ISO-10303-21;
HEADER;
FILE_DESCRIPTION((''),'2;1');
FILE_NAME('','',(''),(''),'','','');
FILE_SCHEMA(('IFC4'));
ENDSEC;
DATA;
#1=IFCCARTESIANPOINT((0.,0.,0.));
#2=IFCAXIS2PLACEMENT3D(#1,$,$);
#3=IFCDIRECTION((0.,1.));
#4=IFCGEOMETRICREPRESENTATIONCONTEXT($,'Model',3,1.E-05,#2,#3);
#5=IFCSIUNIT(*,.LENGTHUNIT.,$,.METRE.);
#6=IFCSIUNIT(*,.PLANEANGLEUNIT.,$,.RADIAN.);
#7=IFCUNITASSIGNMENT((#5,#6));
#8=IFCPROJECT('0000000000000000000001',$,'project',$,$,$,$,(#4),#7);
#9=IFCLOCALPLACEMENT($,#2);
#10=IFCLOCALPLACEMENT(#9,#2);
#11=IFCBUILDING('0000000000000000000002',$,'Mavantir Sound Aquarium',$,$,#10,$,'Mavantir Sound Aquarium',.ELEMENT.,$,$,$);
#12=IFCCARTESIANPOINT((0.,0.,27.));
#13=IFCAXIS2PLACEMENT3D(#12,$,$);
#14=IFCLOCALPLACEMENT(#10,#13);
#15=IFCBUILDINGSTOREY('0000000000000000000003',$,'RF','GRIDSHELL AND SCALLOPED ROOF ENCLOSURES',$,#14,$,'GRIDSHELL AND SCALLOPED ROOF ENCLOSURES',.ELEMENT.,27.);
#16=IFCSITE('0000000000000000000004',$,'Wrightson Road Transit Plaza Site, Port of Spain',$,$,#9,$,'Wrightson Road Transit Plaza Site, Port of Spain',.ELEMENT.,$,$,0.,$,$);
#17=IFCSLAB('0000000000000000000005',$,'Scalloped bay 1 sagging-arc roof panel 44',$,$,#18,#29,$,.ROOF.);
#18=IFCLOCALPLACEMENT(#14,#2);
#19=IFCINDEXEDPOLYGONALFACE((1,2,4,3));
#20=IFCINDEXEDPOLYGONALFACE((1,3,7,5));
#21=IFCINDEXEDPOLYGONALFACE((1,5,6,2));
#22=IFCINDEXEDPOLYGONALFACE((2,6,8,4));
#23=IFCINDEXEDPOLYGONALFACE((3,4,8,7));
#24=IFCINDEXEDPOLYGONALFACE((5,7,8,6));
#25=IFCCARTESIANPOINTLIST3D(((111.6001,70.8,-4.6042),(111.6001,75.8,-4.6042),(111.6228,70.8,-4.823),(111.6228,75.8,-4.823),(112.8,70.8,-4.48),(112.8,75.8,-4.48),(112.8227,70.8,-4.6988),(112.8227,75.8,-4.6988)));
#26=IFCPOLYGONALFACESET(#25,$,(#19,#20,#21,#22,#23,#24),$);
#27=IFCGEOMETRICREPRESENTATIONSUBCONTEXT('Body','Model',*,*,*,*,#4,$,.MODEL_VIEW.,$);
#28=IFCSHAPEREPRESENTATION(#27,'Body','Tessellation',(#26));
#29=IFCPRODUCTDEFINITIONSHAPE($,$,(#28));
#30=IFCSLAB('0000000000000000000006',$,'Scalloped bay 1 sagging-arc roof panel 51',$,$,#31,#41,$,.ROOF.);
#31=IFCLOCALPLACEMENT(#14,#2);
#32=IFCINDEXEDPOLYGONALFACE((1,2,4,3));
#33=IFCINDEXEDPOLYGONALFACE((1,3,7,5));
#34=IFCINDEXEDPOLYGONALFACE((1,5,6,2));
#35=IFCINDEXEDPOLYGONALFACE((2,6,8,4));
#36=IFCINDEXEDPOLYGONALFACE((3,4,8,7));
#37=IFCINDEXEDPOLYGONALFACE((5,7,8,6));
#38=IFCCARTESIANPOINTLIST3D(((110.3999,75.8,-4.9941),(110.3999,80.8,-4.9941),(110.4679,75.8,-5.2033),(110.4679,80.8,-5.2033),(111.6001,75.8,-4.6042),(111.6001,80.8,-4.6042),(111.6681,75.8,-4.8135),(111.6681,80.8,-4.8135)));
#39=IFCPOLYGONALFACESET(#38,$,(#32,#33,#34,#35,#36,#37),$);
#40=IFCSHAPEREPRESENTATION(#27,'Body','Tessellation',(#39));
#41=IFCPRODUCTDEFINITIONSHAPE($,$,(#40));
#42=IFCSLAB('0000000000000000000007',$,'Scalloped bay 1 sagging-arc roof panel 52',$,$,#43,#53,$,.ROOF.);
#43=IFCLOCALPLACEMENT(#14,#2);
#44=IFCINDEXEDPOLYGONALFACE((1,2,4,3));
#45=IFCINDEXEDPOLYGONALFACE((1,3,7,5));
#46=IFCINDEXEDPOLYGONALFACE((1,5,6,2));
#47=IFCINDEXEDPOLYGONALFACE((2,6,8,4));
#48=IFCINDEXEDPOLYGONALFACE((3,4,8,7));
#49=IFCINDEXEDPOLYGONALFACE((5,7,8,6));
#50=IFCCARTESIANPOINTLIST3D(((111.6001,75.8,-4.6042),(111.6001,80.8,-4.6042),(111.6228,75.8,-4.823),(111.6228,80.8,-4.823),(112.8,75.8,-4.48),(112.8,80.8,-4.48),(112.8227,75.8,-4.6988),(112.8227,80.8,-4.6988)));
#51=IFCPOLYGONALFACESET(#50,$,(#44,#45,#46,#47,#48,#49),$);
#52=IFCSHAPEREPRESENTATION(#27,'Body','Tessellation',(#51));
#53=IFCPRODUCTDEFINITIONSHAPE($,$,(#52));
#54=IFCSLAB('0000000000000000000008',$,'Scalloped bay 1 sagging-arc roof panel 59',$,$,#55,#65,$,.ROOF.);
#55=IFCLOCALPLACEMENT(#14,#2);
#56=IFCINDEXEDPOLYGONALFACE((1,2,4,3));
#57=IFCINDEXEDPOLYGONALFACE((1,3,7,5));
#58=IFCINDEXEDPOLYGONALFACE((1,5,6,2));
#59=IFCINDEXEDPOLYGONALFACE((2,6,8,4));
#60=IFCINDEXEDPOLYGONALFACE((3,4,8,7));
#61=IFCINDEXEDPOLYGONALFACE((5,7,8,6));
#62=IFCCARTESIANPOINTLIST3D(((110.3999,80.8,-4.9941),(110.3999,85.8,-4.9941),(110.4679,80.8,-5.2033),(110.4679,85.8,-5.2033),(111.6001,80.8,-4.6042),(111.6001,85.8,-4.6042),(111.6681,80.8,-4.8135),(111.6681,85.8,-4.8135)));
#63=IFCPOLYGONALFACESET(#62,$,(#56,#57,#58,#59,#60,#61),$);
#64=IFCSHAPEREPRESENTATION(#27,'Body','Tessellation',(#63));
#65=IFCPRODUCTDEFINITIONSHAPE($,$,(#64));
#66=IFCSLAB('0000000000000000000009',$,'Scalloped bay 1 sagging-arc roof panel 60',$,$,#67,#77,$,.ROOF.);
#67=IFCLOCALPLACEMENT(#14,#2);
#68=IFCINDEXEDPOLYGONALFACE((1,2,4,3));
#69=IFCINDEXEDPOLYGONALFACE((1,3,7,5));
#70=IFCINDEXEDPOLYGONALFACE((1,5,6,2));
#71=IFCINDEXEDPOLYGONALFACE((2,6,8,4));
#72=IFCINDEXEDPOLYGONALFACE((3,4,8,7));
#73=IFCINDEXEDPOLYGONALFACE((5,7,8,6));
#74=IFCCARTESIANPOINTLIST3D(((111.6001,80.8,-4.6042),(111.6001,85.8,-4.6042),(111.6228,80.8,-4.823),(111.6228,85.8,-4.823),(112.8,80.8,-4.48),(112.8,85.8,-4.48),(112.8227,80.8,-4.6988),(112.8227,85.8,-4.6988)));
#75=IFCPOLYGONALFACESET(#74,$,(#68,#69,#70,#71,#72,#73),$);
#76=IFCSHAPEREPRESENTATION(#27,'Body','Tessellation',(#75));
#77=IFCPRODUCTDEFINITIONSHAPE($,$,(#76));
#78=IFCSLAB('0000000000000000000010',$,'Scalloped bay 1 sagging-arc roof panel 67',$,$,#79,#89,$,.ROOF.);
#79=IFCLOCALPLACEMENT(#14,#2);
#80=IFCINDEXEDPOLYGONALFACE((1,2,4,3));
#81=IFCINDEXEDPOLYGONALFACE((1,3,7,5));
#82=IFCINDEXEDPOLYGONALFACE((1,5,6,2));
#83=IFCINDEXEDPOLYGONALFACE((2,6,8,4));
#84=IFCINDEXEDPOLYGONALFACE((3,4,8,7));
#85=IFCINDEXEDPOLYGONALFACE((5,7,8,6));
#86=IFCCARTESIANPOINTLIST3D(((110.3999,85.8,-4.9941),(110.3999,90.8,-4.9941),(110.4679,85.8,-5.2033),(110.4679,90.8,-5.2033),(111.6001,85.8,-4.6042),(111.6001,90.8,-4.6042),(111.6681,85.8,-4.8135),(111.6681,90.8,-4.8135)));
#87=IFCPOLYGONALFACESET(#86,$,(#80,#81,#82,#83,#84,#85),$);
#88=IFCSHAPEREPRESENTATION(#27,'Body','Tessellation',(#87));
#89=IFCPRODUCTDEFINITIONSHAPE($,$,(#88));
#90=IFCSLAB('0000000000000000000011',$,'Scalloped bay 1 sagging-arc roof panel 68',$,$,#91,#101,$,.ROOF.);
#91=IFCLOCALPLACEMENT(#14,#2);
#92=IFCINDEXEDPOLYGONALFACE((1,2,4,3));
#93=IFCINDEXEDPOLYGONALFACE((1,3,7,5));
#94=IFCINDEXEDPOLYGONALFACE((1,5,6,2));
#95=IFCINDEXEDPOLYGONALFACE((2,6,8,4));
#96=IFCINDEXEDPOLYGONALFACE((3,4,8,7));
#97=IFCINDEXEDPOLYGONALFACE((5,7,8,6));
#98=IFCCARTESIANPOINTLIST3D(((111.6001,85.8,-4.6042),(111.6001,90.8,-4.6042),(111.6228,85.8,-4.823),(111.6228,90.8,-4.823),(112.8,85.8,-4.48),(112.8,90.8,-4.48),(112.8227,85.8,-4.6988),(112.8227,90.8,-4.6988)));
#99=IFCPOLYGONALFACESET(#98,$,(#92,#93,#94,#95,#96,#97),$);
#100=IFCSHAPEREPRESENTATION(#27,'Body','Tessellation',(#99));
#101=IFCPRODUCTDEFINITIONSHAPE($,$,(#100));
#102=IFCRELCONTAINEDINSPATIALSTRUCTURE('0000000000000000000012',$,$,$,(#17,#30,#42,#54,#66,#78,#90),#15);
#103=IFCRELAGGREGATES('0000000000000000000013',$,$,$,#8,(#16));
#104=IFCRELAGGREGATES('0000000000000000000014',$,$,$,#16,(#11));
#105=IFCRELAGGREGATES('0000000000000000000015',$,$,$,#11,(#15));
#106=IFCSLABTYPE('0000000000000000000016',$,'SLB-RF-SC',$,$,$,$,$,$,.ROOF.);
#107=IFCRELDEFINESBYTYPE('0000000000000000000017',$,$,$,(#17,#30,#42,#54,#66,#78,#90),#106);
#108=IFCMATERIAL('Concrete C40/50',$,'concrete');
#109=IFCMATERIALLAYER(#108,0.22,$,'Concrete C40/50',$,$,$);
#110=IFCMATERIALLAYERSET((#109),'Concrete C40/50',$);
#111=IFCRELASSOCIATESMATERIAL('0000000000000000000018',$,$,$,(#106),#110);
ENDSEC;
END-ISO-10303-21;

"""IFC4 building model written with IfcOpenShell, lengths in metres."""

from ifc_helpers import new_model, si_unit, direction, frame, origin, place, context, subcontext, project, spatial, polyline, outline, extrude, material, layer, layer_set, type_object, element, save


model = new_model("IFC4")

# Units and contexts
model_context = context("Model", 3, precision=1e-05, world=origin(), true_north=direction((0.0, 1.0)))
body_context = subcontext(model_context, "Body", "Model", "MODEL_VIEW")
ifc_project = project(units=[si_unit("LENGTHUNIT", "METRE"), si_unit("PLANEANGLEUNIT", "RADIAN")], contexts=[model_context])

# Site, building, storey
site_placement = place(None, origin())
site = spatial("IfcSite", under=ifc_project, at=site_placement, Name="Wrightson Road Transit Plaza Site, Port of Spain", LongName="Wrightson Road Transit Plaza Site, Port of Spain", CompositionType="ELEMENT", RefElevation=0.0)
building_placement = place(site_placement, origin())
building = spatial("IfcBuilding", under=site, at=building_placement, Name="Mavantir Sound Aquarium", LongName="Mavantir Sound Aquarium", CompositionType="ELEMENT")
storey_placement = place(building_placement, frame((0.0, 0.0, 27.0)))
storey = spatial("IfcBuildingStorey", under=building, at=storey_placement, Name="RF", Description="GRIDSHELL AND SCALLOPED ROOF ENCLOSURES", LongName="GRIDSHELL AND SCALLOPED ROOF ENCLOSURES", CompositionType="ELEMENT", Elevation=27.0)

# Slabs
ifc_material_1 = material(Name="Concrete C40/50", Category="concrete")
ifc_layer_1 = layer(ifc_material_1, 0.22, Name="Concrete C40/50")
ifc_layer_set_1 = layer_set([ifc_layer_1], Name="Concrete C40/50")
slab_type = type_object("IfcSlabType", Name="SLB-RF-SC", PredefinedType="ROOF", material=ifc_layer_set_1)
slab_1_placement = place(storey_placement, frame((111.6001, 70.8, -4.6042), z_axis=(-0.10301, 0.0, 0.99468), x_axis=(0.99468, 0.0, 0.10301)))
element("IfcSlab", 1, at=slab_1_placement, inside=storey, type_object=slab_type, Name="Scalloped bay 1 sagging-arc roof panel 44", PredefinedType="ROOF", context=body_context, shape_type="SweptSolid", body=[
    extrude(outline(polyline([(0.0, 0.0), (1.2064, 0.0), (1.2064, 5.0), (0.0, 5.0), (0.0, 0.0)])), origin(), (0.0, 0.0, -1.0), 0.22),
])
slab_2_placement = place(storey_placement, frame((110.3999, 75.8, -4.9941), z_axis=(-0.308964, 0.0, 0.951074), x_axis=(0.951074, 0.0, 0.308964)))
element("IfcSlab", 2, at=slab_2_placement, inside=storey, type_object=slab_type, Name="Scalloped bay 1 sagging-arc roof panel 51", PredefinedType="ROOF", context=body_context, shape_type="SweptSolid", body=[
    extrude(outline(polyline([(0.0, 0.0), (1.2619, 0.0), (1.2619, 5.0), (0.0, 5.0), (0.0, 0.0)])), origin(), (0.0, 0.0, -1.0), 0.22),
])
slab_3_placement = place(storey_placement, frame((111.6001, 75.8, -4.6042), z_axis=(-0.10301, 0.0, 0.99468), x_axis=(0.99468, 0.0, 0.10301)))
element("IfcSlab", 3, at=slab_3_placement, inside=storey, type_object=slab_type, Name="Scalloped bay 1 sagging-arc roof panel 52", PredefinedType="ROOF", context=body_context, shape_type="SweptSolid", body=[
    extrude(outline(polyline([(0.0, 0.0), (1.2064, 0.0), (1.2064, 5.0), (0.0, 5.0), (0.0, 0.0)])), origin(), (0.0, 0.0, -1.0), 0.22),
])
slab_4_placement = place(storey_placement, frame((110.3999, 80.8, -4.9941), z_axis=(-0.308964, 0.0, 0.951074), x_axis=(0.951074, 0.0, 0.308964)))
element("IfcSlab", 4, at=slab_4_placement, inside=storey, type_object=slab_type, Name="Scalloped bay 1 sagging-arc roof panel 59", PredefinedType="ROOF", context=body_context, shape_type="SweptSolid", body=[
    extrude(outline(polyline([(0.0, 0.0), (1.2619, 0.0), (1.2619, 5.0), (0.0, 5.0), (0.0, 0.0)])), origin(), (0.0, 0.0, -1.0), 0.22),
])
slab_5_placement = place(storey_placement, frame((111.6001, 80.8, -4.6042), z_axis=(-0.10301, 0.0, 0.99468), x_axis=(0.99468, 0.0, 0.10301)))
element("IfcSlab", 5, at=slab_5_placement, inside=storey, type_object=slab_type, Name="Scalloped bay 1 sagging-arc roof panel 60", PredefinedType="ROOF", context=body_context, shape_type="SweptSolid", body=[
    extrude(outline(polyline([(0.0, 0.0), (1.2064, 0.0), (1.2064, 5.0), (0.0, 5.0), (0.0, 0.0)])), origin(), (0.0, 0.0, -1.0), 0.22),
])
slab_6_placement = place(storey_placement, frame((110.3999, 85.8, -4.9941), z_axis=(-0.308964, 0.0, 0.951074), x_axis=(0.951074, 0.0, 0.308964)))
element("IfcSlab", 6, at=slab_6_placement, inside=storey, type_object=slab_type, Name="Scalloped bay 1 sagging-arc roof panel 67", PredefinedType="ROOF", context=body_context, shape_type="SweptSolid", body=[
    extrude(outline(polyline([(0.0, 0.0), (1.2619, 0.0), (1.2619, 5.0), (0.0, 5.0), (0.0, 0.0)])), origin(), (0.0, 0.0, -1.0), 0.22),
])
slab_7_placement = place(storey_placement, frame((111.6001, 85.8, -4.6042), z_axis=(-0.10301, 0.0, 0.99468), x_axis=(0.99468, 0.0, 0.10301)))
element("IfcSlab", 7, at=slab_7_placement, inside=storey, type_object=slab_type, Name="Scalloped bay 1 sagging-arc roof panel 68", PredefinedType="ROOF", context=body_context, shape_type="SweptSolid", body=[
    extrude(outline(polyline([(0.0, 0.0), (1.2064, 0.0), (1.2064, 5.0), (0.0, 5.0), (0.0, 0.0)])), origin(), (0.0, 0.0, -1.0), 0.22),
])

save(model, "model.ifc")
